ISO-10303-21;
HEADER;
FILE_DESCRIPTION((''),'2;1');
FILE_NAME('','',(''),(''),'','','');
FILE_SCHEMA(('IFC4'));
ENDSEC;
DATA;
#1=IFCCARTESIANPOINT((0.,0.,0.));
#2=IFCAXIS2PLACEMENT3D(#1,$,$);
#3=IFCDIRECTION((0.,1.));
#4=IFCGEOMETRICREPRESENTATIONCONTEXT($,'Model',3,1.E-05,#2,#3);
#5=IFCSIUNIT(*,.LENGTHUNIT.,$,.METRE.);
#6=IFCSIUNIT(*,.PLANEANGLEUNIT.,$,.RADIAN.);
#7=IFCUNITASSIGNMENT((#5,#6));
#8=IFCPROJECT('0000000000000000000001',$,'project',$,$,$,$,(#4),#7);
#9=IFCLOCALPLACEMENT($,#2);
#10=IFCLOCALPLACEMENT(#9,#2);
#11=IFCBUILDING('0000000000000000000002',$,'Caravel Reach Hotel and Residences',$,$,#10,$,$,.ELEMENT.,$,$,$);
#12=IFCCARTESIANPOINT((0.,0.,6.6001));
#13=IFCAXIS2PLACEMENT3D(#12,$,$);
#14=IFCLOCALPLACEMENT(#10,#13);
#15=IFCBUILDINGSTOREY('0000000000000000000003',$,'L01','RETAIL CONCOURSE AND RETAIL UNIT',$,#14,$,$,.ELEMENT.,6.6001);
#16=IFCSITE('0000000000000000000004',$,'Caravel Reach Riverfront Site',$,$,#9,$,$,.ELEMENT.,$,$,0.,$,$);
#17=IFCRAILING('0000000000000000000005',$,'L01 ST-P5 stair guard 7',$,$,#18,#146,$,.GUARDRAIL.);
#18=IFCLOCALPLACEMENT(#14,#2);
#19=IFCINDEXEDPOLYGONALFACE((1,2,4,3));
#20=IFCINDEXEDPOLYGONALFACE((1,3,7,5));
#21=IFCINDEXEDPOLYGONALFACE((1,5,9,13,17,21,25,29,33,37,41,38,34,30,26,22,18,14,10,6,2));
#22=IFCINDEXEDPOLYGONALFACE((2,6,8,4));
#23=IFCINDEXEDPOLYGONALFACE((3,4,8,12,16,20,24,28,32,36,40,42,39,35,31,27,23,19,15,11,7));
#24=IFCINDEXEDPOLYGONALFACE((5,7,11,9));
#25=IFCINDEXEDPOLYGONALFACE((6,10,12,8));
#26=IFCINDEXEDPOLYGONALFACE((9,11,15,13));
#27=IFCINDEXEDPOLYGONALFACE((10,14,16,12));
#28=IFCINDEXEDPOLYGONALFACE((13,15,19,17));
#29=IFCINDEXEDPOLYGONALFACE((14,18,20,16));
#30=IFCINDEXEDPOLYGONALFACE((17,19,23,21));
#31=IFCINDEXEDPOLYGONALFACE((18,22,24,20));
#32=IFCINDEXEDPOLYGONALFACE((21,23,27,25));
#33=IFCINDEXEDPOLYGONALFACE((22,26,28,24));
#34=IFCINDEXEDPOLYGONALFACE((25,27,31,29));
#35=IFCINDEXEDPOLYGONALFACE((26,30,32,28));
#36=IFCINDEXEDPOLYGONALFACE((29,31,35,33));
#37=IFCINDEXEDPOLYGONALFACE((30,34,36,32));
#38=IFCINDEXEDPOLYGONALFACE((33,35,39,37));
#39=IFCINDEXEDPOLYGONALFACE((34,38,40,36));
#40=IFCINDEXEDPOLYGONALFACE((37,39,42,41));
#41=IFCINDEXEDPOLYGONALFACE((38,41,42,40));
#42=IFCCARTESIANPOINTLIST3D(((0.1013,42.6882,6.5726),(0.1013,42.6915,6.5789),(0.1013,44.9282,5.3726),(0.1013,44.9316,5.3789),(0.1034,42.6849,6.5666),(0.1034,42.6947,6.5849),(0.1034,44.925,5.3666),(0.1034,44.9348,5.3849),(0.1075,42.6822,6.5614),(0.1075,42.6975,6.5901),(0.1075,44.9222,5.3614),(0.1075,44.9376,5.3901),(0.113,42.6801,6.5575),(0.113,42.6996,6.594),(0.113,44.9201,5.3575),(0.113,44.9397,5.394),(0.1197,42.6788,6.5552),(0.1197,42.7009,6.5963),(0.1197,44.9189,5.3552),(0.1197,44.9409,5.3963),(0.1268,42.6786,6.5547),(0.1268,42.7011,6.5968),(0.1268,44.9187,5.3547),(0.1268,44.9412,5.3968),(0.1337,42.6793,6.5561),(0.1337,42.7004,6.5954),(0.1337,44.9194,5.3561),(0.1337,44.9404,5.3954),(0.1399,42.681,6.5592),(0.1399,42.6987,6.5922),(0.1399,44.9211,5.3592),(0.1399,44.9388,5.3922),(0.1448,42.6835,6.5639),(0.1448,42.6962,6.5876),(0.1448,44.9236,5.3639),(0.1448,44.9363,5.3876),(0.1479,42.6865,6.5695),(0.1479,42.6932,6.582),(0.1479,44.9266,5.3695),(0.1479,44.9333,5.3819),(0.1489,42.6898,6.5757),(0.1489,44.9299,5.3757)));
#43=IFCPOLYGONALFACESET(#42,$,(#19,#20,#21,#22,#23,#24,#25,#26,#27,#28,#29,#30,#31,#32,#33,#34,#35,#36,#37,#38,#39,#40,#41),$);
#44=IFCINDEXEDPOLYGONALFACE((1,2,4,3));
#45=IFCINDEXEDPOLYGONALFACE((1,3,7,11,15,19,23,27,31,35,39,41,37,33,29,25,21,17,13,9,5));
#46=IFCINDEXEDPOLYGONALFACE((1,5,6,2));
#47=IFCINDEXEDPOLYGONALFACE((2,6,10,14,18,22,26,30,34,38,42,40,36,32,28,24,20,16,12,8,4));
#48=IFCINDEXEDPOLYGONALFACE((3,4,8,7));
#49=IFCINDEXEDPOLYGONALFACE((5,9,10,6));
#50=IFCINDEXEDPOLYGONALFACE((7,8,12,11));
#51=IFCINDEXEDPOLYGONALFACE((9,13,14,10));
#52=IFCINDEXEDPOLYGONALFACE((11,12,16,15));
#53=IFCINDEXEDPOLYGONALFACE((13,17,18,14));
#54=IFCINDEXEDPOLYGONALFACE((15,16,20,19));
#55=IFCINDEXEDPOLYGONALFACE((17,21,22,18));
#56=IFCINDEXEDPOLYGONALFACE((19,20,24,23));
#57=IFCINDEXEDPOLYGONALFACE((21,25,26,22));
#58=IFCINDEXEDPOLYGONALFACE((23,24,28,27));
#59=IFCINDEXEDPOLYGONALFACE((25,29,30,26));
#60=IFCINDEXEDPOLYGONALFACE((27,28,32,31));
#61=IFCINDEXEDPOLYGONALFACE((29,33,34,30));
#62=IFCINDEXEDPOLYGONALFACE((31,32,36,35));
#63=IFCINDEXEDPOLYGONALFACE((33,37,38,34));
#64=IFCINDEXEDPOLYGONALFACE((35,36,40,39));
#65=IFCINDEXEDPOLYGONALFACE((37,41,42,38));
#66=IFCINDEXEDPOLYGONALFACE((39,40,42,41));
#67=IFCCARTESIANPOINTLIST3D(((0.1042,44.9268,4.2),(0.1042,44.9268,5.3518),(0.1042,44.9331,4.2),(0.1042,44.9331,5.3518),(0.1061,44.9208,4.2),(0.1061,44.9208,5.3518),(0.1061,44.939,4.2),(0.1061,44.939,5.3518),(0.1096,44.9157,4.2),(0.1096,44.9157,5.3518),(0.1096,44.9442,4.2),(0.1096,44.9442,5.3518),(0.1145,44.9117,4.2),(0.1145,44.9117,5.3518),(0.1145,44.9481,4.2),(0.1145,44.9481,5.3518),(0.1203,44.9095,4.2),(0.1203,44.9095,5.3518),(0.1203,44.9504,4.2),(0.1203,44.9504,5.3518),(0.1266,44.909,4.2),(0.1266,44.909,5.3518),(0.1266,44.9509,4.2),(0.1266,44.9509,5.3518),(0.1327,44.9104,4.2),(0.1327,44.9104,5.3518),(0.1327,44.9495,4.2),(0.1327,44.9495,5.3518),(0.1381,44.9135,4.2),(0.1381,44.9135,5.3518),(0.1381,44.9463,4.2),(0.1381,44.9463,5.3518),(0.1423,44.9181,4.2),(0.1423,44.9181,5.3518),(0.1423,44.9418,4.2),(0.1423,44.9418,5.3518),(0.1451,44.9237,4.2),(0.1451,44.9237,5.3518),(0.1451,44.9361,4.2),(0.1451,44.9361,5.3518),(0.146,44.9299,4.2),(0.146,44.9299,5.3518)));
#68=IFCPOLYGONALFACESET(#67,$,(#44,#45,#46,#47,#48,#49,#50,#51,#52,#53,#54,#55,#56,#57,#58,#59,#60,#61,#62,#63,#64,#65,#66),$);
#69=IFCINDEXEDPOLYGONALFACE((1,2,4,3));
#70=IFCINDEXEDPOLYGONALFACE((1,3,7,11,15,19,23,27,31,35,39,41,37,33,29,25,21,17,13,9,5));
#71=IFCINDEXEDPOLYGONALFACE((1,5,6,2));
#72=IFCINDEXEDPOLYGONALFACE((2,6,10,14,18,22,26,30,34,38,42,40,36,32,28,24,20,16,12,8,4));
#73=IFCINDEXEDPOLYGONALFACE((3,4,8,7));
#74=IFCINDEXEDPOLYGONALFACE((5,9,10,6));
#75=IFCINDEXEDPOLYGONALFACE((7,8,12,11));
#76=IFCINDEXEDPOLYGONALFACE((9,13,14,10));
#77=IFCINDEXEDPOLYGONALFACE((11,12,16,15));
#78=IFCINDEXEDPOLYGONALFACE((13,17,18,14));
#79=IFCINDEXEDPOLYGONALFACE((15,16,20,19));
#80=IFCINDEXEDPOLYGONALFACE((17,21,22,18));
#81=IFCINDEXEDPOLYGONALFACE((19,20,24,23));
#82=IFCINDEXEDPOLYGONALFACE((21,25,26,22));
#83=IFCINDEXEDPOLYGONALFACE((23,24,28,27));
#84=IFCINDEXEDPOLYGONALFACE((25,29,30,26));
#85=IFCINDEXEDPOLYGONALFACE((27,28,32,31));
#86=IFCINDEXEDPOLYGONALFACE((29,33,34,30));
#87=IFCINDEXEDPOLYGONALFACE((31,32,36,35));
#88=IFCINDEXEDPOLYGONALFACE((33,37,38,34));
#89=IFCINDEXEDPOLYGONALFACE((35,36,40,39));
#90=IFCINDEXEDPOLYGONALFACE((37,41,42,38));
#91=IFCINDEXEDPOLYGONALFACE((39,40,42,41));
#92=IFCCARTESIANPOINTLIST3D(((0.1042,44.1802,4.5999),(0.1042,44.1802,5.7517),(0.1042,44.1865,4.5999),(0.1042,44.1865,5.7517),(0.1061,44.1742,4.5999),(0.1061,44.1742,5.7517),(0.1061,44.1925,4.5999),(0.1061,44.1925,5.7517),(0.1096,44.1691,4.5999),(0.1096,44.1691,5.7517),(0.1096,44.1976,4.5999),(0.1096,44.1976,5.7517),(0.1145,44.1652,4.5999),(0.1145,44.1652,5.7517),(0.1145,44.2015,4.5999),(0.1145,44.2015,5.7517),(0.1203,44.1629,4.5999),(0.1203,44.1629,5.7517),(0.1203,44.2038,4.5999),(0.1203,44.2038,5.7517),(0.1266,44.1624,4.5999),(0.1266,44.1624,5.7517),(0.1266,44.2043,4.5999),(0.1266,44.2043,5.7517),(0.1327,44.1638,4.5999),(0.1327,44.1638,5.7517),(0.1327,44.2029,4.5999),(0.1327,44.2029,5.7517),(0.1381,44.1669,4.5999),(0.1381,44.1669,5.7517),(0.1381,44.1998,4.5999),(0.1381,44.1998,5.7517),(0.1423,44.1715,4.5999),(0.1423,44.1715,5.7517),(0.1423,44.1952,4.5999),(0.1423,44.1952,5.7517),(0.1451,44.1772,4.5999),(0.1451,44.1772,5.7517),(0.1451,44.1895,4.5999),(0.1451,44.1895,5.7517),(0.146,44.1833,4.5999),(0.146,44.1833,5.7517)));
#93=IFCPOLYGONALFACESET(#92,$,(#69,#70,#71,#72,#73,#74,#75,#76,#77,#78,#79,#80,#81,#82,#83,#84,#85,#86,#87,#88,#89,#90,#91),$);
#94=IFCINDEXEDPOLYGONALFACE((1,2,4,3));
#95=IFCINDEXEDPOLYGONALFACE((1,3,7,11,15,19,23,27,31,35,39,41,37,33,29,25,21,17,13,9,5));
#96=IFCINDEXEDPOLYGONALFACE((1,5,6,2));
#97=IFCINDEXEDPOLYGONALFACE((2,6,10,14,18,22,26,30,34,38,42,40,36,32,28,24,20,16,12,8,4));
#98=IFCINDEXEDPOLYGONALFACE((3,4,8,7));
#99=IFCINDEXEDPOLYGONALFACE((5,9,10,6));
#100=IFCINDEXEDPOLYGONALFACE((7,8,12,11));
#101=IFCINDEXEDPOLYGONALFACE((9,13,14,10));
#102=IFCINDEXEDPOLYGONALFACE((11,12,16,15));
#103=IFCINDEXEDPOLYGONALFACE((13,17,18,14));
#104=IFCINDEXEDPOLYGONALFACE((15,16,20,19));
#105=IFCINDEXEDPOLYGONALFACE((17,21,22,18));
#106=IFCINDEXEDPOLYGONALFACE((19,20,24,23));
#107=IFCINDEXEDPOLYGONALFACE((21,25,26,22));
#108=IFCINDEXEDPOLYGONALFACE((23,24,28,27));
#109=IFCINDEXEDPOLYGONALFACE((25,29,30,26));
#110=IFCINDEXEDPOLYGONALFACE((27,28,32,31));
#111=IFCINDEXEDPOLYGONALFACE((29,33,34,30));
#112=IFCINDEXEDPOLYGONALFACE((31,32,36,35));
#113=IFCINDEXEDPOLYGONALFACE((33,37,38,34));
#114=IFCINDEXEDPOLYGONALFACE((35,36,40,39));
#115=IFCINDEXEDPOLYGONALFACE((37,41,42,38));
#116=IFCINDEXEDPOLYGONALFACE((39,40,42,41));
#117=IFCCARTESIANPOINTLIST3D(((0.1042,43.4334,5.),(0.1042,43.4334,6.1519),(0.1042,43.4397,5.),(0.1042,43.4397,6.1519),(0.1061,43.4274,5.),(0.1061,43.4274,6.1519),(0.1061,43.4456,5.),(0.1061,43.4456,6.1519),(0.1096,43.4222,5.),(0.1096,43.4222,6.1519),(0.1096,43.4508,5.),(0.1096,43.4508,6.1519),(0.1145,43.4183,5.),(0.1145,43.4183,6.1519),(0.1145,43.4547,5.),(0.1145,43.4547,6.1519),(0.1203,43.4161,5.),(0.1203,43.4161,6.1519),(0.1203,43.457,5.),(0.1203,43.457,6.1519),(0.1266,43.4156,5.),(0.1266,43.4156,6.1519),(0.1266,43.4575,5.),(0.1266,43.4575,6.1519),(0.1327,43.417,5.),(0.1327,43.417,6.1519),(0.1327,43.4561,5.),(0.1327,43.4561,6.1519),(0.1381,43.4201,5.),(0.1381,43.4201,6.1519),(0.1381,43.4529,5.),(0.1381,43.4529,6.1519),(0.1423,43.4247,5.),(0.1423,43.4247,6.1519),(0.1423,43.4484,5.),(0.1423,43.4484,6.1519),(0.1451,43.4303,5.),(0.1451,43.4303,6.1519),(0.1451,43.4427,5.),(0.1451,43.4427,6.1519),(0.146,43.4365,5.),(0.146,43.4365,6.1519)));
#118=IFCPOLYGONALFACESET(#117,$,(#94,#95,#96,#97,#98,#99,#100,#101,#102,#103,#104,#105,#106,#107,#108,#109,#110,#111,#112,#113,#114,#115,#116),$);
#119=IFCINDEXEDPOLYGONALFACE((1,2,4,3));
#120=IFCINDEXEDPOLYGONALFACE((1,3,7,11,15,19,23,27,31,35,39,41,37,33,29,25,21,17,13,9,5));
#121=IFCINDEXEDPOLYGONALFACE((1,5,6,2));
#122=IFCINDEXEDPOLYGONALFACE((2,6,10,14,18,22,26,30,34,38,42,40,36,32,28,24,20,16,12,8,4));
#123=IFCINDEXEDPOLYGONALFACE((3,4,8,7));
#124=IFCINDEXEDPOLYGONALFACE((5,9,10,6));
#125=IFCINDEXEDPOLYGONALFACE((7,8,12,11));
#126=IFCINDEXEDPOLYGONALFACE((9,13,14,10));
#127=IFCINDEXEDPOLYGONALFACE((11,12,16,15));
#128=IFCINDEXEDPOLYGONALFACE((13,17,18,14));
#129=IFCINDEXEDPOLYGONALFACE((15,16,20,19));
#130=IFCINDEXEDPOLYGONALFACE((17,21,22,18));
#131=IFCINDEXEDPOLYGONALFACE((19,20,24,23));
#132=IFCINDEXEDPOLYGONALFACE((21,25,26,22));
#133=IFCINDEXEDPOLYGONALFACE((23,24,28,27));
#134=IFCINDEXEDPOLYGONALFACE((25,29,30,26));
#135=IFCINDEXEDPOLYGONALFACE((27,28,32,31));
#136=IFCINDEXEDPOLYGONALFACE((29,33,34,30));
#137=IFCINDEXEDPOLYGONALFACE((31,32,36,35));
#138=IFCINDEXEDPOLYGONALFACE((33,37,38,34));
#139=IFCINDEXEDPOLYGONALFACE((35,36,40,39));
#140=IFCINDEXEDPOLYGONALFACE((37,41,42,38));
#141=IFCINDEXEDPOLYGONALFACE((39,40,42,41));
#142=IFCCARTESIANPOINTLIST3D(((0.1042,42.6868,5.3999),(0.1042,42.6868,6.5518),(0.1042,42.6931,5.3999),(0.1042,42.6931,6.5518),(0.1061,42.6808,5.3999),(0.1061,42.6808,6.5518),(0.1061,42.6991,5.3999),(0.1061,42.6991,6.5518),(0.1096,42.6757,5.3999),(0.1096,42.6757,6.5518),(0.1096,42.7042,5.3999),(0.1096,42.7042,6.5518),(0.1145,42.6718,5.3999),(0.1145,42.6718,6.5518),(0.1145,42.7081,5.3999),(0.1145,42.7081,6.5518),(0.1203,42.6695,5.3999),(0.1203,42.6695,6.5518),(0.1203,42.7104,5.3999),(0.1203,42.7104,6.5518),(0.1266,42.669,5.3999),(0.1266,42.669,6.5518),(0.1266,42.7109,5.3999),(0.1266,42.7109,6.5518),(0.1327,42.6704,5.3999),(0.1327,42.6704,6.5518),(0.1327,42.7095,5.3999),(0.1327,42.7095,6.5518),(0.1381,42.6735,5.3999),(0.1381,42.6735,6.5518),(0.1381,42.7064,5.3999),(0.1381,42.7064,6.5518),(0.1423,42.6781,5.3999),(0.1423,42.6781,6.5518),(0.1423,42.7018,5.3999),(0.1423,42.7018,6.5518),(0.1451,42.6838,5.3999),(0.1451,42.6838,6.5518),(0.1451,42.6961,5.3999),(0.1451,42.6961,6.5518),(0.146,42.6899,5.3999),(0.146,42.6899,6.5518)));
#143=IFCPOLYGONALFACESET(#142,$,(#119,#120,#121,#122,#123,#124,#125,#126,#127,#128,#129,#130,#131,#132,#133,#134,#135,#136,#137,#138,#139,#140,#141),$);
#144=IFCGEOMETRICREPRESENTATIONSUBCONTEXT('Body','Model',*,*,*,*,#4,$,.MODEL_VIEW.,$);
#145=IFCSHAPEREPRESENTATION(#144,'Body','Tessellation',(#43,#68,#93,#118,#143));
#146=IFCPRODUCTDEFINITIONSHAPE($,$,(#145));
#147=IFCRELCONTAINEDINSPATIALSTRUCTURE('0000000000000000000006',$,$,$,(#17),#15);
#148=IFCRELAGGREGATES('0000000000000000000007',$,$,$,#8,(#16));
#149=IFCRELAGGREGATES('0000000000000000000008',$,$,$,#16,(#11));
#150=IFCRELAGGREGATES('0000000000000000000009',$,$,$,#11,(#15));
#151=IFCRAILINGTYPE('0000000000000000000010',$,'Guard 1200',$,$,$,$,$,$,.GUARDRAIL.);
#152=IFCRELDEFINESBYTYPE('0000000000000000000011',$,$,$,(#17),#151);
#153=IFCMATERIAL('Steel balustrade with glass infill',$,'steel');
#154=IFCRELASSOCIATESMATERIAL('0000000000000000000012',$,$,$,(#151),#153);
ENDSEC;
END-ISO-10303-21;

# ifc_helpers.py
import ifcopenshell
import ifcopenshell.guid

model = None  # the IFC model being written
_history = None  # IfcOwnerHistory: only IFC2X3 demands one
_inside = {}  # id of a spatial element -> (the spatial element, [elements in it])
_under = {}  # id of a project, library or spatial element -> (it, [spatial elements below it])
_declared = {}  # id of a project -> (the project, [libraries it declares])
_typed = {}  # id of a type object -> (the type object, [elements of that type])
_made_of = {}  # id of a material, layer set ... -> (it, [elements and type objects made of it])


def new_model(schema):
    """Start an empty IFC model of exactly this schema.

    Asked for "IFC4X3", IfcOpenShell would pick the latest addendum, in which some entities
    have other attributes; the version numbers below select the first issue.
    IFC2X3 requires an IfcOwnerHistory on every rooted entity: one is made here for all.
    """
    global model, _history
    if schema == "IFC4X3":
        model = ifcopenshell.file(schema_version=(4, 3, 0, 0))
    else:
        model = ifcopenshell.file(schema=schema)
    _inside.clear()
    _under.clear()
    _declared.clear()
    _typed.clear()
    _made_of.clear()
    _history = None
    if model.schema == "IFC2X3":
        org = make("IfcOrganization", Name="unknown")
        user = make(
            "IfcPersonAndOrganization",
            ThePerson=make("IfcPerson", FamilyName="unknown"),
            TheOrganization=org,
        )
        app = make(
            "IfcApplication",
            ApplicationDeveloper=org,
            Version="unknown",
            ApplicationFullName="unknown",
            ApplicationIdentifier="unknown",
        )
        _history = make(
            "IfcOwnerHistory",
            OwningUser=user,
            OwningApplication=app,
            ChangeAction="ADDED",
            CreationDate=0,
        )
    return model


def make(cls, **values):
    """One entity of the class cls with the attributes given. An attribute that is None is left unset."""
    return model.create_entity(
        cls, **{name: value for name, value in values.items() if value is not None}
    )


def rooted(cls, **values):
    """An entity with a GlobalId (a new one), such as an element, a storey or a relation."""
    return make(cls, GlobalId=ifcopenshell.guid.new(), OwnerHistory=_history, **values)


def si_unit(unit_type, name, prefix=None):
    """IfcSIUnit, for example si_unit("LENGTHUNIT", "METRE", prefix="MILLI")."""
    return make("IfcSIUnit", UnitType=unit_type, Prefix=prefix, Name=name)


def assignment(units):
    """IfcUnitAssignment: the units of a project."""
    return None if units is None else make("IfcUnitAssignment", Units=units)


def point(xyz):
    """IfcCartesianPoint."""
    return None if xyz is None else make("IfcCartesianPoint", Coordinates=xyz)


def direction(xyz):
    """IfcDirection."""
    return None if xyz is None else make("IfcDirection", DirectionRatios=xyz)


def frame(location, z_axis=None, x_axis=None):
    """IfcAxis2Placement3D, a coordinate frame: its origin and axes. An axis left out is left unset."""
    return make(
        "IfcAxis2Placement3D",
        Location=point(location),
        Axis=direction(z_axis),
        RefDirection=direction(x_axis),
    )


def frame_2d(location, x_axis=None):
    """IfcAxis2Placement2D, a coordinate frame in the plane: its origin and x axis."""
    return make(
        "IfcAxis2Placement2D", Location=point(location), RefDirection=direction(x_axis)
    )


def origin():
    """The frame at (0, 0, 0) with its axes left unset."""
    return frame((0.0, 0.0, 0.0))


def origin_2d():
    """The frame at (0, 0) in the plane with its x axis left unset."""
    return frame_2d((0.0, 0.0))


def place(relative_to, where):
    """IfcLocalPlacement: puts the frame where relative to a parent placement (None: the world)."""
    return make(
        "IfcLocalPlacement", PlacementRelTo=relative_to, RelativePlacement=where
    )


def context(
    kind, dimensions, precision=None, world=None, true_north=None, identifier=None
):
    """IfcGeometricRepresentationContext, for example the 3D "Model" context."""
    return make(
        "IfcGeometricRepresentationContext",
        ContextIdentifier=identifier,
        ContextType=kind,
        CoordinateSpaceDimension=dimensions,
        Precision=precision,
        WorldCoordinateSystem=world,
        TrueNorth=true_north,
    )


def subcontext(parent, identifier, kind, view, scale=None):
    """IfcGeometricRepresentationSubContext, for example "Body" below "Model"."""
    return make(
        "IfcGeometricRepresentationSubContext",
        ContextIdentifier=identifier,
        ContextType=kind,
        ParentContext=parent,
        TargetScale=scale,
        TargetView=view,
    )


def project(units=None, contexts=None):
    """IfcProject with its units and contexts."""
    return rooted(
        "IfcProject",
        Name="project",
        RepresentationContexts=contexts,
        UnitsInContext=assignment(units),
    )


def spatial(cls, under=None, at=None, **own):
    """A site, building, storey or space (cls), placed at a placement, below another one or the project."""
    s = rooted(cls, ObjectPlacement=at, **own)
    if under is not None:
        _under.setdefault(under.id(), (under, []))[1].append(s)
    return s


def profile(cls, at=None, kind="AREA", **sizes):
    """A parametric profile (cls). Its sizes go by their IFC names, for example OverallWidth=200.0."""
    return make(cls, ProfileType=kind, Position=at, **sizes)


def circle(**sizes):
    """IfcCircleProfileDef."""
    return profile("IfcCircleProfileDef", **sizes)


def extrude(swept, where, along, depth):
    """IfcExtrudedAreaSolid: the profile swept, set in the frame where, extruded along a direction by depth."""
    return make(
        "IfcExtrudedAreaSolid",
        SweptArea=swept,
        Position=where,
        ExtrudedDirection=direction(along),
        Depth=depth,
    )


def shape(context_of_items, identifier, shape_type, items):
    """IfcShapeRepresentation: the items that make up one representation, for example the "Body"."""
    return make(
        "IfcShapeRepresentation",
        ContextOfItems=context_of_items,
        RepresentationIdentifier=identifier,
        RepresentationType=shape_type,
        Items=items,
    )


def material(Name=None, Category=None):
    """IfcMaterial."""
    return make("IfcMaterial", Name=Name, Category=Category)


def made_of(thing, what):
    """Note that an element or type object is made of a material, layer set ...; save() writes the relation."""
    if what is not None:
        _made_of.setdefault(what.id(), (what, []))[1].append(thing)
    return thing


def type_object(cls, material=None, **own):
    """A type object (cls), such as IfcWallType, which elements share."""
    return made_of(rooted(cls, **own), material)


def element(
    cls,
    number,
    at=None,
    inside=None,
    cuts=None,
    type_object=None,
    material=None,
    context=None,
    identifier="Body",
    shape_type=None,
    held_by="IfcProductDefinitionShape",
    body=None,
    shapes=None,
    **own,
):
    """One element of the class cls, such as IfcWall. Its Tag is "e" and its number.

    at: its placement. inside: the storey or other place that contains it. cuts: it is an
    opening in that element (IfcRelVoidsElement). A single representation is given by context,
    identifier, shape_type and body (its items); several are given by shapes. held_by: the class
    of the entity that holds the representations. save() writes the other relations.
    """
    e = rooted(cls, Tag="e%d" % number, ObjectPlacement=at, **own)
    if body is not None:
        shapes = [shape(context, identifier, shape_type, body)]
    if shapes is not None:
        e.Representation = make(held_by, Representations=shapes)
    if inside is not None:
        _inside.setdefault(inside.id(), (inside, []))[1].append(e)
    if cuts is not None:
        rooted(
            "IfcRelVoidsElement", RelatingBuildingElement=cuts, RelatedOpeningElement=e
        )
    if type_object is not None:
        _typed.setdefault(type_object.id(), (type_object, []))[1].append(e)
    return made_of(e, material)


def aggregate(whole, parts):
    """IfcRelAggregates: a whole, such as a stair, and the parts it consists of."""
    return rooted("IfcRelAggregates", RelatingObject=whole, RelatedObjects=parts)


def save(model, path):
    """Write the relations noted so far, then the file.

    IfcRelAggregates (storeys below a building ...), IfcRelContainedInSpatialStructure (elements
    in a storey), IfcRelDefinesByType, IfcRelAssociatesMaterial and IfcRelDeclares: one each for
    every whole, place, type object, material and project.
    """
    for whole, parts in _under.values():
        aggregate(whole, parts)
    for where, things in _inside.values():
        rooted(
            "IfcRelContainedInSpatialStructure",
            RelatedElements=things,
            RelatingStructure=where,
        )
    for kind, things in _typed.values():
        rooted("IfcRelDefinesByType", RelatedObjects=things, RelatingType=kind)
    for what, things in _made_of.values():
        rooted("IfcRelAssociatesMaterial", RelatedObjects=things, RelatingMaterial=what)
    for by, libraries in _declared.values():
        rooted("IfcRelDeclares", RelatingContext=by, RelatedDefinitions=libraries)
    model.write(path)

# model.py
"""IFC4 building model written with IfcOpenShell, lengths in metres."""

from ifc_helpers import new_model, si_unit, direction, frame, origin, origin_2d, place, context, subcontext, project, spatial, circle, extrude, material, type_object, element, save


model = new_model("IFC4")

# Units and contexts
model_context = context("Model", 3, precision=1e-05, world=origin(), true_north=direction((0.0, 1.0)))
body_context = subcontext(model_context, "Body", "Model", "MODEL_VIEW")
ifc_project = project(units=[si_unit("LENGTHUNIT", "METRE"), si_unit("PLANEANGLEUNIT", "RADIAN")], contexts=[model_context])

# Site, building, storey
site_placement = place(None, origin())
site = spatial("IfcSite", under=ifc_project, at=site_placement, Name="Caravel Reach Riverfront Site", CompositionType="ELEMENT", RefElevation=0.0)
building_placement = place(site_placement, origin())
building = spatial("IfcBuilding", under=site, at=building_placement, Name="Caravel Reach Hotel and Residences", CompositionType="ELEMENT")
storey_placement = place(building_placement, frame((0.0, 0.0, 6.6001)))
storey = spatial("IfcBuildingStorey", under=building, at=storey_placement, Name="L01", Description="RETAIL CONCOURSE AND RETAIL UNIT", CompositionType="ELEMENT", Elevation=6.6001)

# Railing
ifc_material_1 = material(Name="Steel balustrade with glass infill", Category="steel")
railing_type_1 = type_object("IfcRailingType", Name="Guard 1200", PredefinedType="GUARDRAIL", material=ifc_material_1)
railing_1_placement = place(storey_placement, frame((0.125, 44.9299, 4.2)))
element("IfcRailing", 1, at=railing_1_placement, inside=storey, type_object=railing_type_1, Name="L01 ST-P5 stair guard 7", PredefinedType="GUARDRAIL", context=body_context, shape_type="SweptSolid", body=[
    extrude(circle(Radius=0.0239, at=origin_2d()), frame((0.0, 0.0, 1.1758), z_axis=(0.0, -0.881487, 0.472208), x_axis=(1.0, 0.0, 0.0)), (0.0, 0.0, 1.0), 2.5413),
    extrude(circle(Radius=0.021, at=origin_2d()), origin(), (0.0, 0.0, 1.0), 1.1519),
    extrude(circle(Radius=0.021, at=origin_2d()), frame((0.0, -0.7466, 0.3999)), (0.0, 0.0, 1.0), 1.1519),
    extrude(circle(Radius=0.021, at=origin_2d()), frame((0.0, -1.4934, 0.8)), (0.0, 0.0, 1.0), 1.1519),
    extrude(circle(Radius=0.021, at=origin_2d()), frame((0.0, -2.24, 1.2)), (0.0, 0.0, 1.0), 1.1519),
])

save(model, "model.ifc")
